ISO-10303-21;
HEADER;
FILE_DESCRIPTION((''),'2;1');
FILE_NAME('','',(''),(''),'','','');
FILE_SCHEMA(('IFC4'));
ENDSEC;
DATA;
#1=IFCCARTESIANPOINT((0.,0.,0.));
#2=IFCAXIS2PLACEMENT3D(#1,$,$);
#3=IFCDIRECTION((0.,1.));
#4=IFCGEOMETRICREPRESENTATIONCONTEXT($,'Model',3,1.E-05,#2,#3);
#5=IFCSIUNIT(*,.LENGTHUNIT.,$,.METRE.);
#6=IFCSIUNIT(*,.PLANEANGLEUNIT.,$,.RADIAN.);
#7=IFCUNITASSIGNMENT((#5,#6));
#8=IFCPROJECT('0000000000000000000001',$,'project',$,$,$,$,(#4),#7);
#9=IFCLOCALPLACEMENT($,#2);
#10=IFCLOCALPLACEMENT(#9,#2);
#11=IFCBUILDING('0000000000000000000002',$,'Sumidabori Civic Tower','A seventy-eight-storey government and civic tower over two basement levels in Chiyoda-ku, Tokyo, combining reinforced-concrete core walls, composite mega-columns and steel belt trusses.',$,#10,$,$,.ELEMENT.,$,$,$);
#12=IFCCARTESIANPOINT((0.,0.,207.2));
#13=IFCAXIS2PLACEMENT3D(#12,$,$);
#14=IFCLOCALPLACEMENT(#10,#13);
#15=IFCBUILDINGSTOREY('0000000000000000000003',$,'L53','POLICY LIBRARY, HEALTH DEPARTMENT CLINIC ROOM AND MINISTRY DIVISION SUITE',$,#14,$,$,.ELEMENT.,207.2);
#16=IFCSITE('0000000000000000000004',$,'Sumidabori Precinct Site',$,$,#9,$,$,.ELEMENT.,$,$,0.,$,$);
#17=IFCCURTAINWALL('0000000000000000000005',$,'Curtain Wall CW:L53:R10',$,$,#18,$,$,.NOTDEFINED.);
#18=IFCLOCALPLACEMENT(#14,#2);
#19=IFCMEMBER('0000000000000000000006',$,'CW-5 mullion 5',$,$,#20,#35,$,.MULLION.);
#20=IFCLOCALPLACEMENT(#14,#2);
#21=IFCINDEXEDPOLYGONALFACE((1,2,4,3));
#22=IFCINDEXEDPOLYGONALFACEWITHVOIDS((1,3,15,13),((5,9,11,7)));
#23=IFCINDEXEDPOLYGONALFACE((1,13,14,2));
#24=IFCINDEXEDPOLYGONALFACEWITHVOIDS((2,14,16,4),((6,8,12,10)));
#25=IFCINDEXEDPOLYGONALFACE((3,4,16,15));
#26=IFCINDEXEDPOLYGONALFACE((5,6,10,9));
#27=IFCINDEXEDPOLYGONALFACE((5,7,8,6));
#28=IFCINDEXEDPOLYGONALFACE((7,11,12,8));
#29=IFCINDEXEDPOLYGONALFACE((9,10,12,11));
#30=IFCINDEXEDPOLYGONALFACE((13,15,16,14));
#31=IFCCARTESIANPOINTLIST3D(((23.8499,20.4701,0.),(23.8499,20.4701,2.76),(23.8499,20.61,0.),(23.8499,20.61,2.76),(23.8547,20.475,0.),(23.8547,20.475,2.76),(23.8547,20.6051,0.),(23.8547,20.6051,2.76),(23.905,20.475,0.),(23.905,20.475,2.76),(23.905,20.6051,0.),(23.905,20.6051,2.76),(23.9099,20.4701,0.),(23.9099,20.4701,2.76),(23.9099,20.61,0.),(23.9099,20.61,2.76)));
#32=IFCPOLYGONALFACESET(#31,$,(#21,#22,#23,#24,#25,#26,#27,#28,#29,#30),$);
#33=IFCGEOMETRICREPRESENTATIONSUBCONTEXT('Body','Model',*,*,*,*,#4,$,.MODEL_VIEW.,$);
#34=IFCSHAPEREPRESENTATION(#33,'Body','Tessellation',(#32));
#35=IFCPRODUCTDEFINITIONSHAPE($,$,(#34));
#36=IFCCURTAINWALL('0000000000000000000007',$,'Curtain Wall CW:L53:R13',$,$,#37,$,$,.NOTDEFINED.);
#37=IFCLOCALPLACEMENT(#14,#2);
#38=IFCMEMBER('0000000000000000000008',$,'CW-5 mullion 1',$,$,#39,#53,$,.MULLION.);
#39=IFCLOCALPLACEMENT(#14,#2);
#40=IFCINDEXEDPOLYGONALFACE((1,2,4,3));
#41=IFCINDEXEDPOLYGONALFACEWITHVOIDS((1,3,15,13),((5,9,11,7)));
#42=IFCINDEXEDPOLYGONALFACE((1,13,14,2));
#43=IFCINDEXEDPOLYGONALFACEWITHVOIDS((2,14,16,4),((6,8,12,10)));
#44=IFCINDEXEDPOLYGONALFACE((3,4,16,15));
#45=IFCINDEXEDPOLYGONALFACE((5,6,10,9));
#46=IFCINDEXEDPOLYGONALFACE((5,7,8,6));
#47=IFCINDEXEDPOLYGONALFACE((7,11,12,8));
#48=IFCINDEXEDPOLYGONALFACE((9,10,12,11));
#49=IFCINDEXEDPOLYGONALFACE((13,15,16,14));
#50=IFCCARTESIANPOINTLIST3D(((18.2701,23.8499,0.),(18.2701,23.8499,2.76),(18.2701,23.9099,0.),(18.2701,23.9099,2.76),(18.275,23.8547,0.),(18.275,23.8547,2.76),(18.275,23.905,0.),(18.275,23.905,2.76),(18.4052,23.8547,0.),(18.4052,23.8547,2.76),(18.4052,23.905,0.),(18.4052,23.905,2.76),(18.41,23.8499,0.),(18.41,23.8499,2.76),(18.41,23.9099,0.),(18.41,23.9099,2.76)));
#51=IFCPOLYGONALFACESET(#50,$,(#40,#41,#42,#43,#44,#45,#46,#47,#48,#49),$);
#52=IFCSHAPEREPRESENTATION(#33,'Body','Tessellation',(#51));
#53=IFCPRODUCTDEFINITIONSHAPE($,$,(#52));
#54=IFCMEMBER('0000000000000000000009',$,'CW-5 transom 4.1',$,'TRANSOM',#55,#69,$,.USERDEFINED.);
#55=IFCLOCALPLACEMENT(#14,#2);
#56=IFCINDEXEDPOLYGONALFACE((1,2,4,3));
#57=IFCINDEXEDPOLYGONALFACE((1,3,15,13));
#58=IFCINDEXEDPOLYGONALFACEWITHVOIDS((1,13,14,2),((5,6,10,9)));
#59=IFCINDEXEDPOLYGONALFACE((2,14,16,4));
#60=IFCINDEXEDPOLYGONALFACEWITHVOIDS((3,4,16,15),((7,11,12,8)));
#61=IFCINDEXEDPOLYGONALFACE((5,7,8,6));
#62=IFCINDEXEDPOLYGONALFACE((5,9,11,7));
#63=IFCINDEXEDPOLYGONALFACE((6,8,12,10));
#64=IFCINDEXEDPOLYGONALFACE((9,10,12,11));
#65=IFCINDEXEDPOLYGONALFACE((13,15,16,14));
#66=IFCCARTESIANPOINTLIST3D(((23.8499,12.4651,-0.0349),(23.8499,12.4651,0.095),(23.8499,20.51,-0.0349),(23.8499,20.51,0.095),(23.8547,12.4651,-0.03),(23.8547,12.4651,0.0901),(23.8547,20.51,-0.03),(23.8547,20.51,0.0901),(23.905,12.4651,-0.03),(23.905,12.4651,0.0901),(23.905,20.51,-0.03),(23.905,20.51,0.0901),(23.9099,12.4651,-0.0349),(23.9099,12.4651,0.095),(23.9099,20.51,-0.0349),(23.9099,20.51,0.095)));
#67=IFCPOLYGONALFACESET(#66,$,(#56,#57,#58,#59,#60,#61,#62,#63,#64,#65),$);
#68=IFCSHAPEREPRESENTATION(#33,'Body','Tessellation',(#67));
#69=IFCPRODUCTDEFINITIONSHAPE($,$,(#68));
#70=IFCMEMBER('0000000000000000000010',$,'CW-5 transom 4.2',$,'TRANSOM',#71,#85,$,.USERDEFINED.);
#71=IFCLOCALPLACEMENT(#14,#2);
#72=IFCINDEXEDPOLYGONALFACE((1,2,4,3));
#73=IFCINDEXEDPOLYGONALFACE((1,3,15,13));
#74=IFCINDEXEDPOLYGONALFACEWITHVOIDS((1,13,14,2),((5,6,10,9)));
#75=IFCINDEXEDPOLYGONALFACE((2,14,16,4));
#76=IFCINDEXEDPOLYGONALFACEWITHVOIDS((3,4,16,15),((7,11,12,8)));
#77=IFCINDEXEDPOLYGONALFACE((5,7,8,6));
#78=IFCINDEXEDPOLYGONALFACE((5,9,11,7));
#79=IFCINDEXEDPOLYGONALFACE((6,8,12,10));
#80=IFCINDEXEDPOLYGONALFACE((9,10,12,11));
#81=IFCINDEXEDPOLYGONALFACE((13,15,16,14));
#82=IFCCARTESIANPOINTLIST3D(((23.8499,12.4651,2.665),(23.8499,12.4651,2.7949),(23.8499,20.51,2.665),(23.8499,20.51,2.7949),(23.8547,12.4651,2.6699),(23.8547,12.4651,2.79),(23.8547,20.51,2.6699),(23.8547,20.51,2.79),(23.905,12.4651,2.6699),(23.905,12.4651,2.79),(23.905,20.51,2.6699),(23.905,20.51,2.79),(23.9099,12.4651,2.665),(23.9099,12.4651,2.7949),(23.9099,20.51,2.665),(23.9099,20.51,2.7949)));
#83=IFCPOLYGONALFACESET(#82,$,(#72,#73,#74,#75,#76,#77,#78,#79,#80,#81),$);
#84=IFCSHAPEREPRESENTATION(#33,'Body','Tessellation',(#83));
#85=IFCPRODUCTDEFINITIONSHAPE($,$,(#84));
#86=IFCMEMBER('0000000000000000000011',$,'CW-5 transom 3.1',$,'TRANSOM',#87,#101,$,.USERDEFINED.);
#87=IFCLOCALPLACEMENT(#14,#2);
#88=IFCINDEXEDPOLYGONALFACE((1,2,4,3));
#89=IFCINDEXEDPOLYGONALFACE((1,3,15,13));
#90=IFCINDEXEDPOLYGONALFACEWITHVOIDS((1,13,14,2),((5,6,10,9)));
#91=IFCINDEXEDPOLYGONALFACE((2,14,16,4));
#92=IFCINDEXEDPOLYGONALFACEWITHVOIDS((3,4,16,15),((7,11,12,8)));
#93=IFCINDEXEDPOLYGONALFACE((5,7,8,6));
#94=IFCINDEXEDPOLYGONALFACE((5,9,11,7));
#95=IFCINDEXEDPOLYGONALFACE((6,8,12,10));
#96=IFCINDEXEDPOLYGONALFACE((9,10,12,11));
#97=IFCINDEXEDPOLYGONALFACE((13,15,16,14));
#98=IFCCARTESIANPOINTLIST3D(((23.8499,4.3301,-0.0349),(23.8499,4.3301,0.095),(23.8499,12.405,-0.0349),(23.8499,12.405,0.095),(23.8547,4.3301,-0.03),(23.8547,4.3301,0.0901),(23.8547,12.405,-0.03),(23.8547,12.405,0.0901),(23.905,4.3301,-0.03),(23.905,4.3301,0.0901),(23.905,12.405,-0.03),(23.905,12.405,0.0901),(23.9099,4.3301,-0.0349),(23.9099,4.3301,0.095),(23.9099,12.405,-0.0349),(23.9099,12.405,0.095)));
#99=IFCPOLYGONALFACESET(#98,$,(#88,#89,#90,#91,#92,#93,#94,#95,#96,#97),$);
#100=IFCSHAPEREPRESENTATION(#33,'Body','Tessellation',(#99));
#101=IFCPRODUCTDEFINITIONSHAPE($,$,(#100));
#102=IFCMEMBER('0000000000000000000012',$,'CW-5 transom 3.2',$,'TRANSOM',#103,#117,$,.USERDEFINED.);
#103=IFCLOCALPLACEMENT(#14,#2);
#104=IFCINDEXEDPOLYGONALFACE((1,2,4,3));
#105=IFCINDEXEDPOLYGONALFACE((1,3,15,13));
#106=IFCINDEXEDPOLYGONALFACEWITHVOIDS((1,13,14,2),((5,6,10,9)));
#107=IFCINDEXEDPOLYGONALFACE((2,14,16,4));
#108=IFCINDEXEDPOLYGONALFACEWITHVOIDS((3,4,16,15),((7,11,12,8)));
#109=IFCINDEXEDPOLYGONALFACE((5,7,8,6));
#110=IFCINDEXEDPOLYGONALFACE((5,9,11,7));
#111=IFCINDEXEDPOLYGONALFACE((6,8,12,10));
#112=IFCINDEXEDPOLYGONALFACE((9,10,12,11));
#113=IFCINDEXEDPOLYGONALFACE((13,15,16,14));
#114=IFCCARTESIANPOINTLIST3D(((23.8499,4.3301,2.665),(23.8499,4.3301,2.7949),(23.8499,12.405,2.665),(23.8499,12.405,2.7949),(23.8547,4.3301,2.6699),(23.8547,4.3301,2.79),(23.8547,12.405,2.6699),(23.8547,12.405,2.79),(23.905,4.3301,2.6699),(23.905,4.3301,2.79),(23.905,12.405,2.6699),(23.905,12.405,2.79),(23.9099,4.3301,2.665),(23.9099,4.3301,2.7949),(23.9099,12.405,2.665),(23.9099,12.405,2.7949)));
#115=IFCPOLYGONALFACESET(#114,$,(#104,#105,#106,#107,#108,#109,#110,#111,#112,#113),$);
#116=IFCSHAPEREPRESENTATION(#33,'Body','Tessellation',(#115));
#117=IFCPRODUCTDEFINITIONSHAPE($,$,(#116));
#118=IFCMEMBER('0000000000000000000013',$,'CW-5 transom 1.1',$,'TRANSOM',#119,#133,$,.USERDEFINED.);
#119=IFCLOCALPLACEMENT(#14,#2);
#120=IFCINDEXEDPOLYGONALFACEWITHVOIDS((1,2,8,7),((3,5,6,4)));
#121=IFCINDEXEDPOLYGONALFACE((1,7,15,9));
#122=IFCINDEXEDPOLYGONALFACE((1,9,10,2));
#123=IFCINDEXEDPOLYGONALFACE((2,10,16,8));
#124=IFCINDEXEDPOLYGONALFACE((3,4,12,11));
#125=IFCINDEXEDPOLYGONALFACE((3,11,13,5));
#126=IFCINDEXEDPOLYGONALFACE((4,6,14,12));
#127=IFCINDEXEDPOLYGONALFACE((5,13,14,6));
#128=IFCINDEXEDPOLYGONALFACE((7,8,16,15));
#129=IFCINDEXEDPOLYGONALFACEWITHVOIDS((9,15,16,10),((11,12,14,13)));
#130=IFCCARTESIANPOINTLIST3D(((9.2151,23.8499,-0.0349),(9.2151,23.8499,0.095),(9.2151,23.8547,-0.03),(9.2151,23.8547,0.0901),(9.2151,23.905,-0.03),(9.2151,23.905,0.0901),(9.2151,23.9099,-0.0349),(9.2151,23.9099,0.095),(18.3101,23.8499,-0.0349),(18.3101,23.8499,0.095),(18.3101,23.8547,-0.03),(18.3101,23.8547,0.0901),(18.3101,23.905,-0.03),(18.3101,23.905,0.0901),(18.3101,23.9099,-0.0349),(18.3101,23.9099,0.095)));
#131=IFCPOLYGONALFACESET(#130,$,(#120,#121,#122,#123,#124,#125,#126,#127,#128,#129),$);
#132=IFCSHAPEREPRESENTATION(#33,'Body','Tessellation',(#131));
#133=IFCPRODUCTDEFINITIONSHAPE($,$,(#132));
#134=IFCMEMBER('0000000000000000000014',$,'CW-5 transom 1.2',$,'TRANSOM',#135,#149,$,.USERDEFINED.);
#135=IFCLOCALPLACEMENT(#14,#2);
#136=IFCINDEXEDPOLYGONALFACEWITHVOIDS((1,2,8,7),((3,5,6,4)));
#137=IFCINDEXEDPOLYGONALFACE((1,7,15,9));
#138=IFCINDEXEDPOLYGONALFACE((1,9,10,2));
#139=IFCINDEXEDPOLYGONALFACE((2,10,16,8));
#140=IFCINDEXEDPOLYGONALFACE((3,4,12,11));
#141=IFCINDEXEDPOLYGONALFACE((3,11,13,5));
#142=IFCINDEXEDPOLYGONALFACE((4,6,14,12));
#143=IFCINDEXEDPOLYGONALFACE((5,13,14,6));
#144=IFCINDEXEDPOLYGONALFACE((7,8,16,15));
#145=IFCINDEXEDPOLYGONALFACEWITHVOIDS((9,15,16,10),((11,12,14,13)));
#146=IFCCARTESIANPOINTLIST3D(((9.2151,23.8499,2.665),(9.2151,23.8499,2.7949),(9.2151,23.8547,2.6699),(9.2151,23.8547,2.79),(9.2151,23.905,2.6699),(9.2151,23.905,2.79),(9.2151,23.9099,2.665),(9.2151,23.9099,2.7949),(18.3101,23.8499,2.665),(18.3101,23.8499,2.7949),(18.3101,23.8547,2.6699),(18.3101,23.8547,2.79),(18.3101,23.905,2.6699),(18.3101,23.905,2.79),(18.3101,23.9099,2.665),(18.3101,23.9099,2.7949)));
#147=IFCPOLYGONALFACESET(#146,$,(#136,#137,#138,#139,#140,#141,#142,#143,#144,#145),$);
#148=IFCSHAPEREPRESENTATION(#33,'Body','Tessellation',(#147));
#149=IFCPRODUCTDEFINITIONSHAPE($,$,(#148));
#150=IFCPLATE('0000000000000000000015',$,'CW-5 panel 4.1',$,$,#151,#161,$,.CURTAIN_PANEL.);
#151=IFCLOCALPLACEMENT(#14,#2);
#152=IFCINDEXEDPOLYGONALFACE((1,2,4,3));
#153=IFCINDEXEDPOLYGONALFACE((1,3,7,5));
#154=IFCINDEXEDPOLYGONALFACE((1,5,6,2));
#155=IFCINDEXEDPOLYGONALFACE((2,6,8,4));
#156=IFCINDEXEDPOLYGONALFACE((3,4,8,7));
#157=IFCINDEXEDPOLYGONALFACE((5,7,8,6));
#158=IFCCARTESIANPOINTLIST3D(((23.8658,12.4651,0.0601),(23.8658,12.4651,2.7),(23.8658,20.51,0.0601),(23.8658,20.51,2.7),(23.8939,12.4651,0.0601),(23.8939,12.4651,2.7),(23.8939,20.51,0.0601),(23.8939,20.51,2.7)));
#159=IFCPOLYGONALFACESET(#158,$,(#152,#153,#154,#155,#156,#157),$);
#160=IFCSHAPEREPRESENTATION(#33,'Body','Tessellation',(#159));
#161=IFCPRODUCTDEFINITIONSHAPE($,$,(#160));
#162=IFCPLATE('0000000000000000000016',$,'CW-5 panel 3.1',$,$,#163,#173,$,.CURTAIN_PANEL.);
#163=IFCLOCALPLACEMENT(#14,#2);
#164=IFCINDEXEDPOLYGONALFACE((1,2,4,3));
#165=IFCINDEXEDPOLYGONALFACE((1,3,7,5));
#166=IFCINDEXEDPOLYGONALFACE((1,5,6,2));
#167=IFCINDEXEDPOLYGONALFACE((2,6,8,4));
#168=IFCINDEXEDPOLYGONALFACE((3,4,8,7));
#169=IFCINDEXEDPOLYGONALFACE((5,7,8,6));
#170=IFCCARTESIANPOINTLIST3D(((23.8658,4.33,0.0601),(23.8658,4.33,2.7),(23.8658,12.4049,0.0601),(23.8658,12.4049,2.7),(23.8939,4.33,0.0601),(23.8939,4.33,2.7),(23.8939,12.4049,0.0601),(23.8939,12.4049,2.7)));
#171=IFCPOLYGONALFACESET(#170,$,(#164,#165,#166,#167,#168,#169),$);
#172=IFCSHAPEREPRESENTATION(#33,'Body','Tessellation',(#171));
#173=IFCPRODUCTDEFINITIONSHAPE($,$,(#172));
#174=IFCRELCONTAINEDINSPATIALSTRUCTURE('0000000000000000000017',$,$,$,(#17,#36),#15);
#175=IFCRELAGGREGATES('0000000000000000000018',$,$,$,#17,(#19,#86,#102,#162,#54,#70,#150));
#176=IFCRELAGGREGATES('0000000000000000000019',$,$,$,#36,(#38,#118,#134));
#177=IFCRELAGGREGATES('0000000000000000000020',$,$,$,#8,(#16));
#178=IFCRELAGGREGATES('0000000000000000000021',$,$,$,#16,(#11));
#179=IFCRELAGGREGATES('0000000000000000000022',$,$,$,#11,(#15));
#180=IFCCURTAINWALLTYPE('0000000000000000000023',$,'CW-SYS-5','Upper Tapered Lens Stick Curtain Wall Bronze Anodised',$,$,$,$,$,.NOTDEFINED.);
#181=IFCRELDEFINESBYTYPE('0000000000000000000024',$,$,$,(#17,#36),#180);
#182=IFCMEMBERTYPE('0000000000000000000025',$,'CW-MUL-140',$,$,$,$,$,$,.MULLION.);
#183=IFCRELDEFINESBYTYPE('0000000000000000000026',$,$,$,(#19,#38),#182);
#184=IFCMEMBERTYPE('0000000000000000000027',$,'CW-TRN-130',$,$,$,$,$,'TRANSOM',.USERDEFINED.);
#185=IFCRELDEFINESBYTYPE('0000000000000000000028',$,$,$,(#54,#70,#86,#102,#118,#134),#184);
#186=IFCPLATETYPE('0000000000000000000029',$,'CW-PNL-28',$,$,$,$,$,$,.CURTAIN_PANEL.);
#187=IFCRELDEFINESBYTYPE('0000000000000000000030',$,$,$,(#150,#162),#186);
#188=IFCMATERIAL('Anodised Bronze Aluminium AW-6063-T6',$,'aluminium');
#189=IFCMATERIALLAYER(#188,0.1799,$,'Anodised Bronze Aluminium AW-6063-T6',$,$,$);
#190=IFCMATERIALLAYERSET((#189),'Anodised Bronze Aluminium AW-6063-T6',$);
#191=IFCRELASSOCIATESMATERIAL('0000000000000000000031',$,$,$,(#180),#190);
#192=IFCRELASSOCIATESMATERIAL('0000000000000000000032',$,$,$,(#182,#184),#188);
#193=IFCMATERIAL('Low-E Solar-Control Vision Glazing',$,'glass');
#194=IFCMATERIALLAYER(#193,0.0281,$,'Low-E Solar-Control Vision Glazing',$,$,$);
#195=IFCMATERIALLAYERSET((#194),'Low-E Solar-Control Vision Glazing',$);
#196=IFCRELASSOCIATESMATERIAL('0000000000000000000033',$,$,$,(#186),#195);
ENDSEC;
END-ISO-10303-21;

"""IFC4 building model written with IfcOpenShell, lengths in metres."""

from ifc_helpers import new_model, si_unit, direction, frame, origin, origin_2d, place, context, subcontext, project, spatial, rectangle, hollow_rectangle, extrude, source, transform, mapped, material, layer, layer_set, material_profile, profile_set, type_object, element, aggregate, save


model = new_model("IFC4")

# Units and contexts
model_context = context("Model", 3, precision=1e-05, world=origin(), true_north=direction((0.0, 1.0)))
body_context = subcontext(model_context, "Body", "Model", "MODEL_VIEW")
ifc_project = project(units=[si_unit("LENGTHUNIT", "METRE"), si_unit("PLANEANGLEUNIT", "RADIAN")], contexts=[model_context])

# Site, building, storey
site_placement = place(None, origin())
site = spatial("IfcSite", under=ifc_project, at=site_placement, Name="Sumidabori Precinct Site", CompositionType="ELEMENT", RefElevation=0.0)
building_placement = place(site_placement, origin())
building = spatial("IfcBuilding", under=site, at=building_placement, Name="Sumidabori Civic Tower", Description="A seventy-eight-storey government and civic tower over two basement levels in Chiyoda-ku, Tokyo, combining reinforced-concrete core walls, composite mega-columns and steel belt trusses.", CompositionType="ELEMENT")
storey_placement = place(building_placement, frame((0.0, 0.0, 207.2)))
storey = spatial("IfcBuildingStorey", under=building, at=storey_placement, Name="L53", Description="POLICY LIBRARY, HEALTH DEPARTMENT CLINIC ROOM AND MINISTRY DIVISION SUITE", CompositionType="ELEMENT", Elevation=207.2)

# Curtain wall, member
ifc_material_1 = material(Name="Anodised Bronze Aluminium AW-6063-T6", Category="aluminium")
ifc_layer_1 = layer(ifc_material_1, 0.1799, Name="Anodised Bronze Aluminium AW-6063-T6")
ifc_layer_set_1 = layer_set([ifc_layer_1], Name="Anodised Bronze Aluminium AW-6063-T6")
curtain_wall_type = type_object("IfcCurtainWallType", Name="CW-SYS-5", Description="Upper Tapered Lens Stick Curtain Wall Bronze Anodised", PredefinedType="NOTDEFINED", material=ifc_layer_set_1)
curtain_wall_1_placement = place(storey_placement, origin())
curtain_wall_1 = element("IfcCurtainWall", 1, at=curtain_wall_1_placement, inside=storey, type_object=curtain_wall_type, Name="Curtain Wall CW:L53:R10", PredefinedType="NOTDEFINED")
ifc_material_profile_1 = material_profile(ifc_material_1, hollow_rectangle(XDim=0.0601, YDim=0.1399, WallThickness=0.0049, at=origin_2d()), Name="ALU MULLION 140x60")
ifc_profile_set_1 = profile_set([ifc_material_profile_1], Name="Anodised Bronze Aluminium AW-6063-T6")
member_type_1 = type_object("IfcMemberType", Name="CW-MUL-140", PredefinedType="MULLION", material=ifc_profile_set_1)
shared_shape_1 = source(origin(), body_context, "Body", "SweptSolid", [
    extrude(hollow_rectangle(XDim=0.0601, YDim=0.1399, WallThickness=0.0049, at=origin_2d()), origin(), (0.0, 0.0, 1.0), 2.76),
])
member_1_placement = place(storey_placement, frame((23.8799, 20.54, 0.0), z_axis=(0.0, 0.0, 1.0), x_axis=(-1.0, 0.0, 0.0)))
member_1 = element("IfcMember", 2, at=member_1_placement, type_object=member_type_1, Name="CW-5 mullion 5", PredefinedType="MULLION", context=body_context, shape_type="MappedRepresentation", body=[
    mapped(shared_shape_1, transform((0.0, 0.0, 0.0), x_axis=(1.0, 0.0, 0.0), y_axis=(0.0, 1.0, 0.0), z_axis=(0.0, 0.0, 1.0), scale=1.0)),
])

# Curtain wall, member
curtain_wall_2_placement = place(storey_placement, origin())
curtain_wall_2 = element("IfcCurtainWall", 3, at=curtain_wall_2_placement, inside=storey, type_object=curtain_wall_type, Name="Curtain Wall CW:L53:R13", PredefinedType="NOTDEFINED")
member_2_placement = place(storey_placement, frame((18.3401, 23.8799, 0.0), z_axis=(0.0, 0.0, 1.0), x_axis=(0.0, -1.0, 0.0)))
member_2 = element("IfcMember", 4, at=member_2_placement, type_object=member_type_1, Name="CW-5 mullion 1", PredefinedType="MULLION", context=body_context, shape_type="MappedRepresentation", body=[
    mapped(shared_shape_1, transform((0.0, 0.0, 0.0), x_axis=(1.0, 0.0, 0.0), y_axis=(0.0, 1.0, 0.0), z_axis=(0.0, 0.0, 1.0), scale=1.0)),
])

# Members
ifc_material_profile_2 = material_profile(ifc_material_1, hollow_rectangle(XDim=0.0601, YDim=0.1299, WallThickness=0.0049, at=origin_2d()), Name="ALU TRANSOM 130x60")
ifc_profile_set_2 = profile_set([ifc_material_profile_2], Name="Anodised Bronze Aluminium AW-6063-T6")
member_type_2 = type_object("IfcMemberType", Name="CW-TRN-130", ElementType="TRANSOM", PredefinedType="USERDEFINED", material=ifc_profile_set_2)
shared_shape_2 = source(origin(), body_context, "Body", "SweptSolid", [
    extrude(hollow_rectangle(XDim=0.0601, YDim=0.1299, WallThickness=0.0049, at=origin_2d()), origin(), (0.0, 0.0, 1.0), 8.0449),
])
member_3_placement = place(storey_placement, frame((23.8799, 12.4651, 0.03), z_axis=(0.0, 1.0, 0.0), x_axis=(-1.0, 0.0, 0.0)))
member_3 = element("IfcMember", 5, at=member_3_placement, type_object=member_type_2, Name="CW-5 transom 4.1", ObjectType="TRANSOM", PredefinedType="USERDEFINED", context=body_context, shape_type="MappedRepresentation", body=[
    mapped(shared_shape_2, transform((0.0, 0.0, 0.0), x_axis=(1.0, 0.0, 0.0), y_axis=(0.0, 1.0, 0.0), z_axis=(0.0, 0.0, 1.0), scale=1.0)),
])
member_4_placement = place(storey_placement, frame((23.8799, 12.4651, 2.73), z_axis=(0.0, 1.0, 0.0), x_axis=(-1.0, 0.0, 0.0)))
member_4 = element("IfcMember", 6, at=member_4_placement, type_object=member_type_2, Name="CW-5 transom 4.2", ObjectType="TRANSOM", PredefinedType="USERDEFINED", context=body_context, shape_type="MappedRepresentation", body=[
    mapped(shared_shape_2, transform((0.0, 0.0, 0.0), x_axis=(1.0, 0.0, 0.0), y_axis=(0.0, 1.0, 0.0), z_axis=(0.0, 0.0, 1.0), scale=1.0)),
])
shared_shape_3 = source(origin(), body_context, "Body", "SweptSolid", [
    extrude(hollow_rectangle(XDim=0.0601, YDim=0.1299, WallThickness=0.0049, at=origin_2d()), origin(), (0.0, 0.0, 1.0), 8.075),
])
member_5_placement = place(storey_placement, frame((23.8799, 4.3301, 0.03), z_axis=(0.0, 1.0, 0.0), x_axis=(-1.0, 0.0, 0.0)))
member_5 = element("IfcMember", 7, at=member_5_placement, type_object=member_type_2, Name="CW-5 transom 3.1", ObjectType="TRANSOM", PredefinedType="USERDEFINED", context=body_context, shape_type="MappedRepresentation", body=[
    mapped(shared_shape_3, transform((0.0, 0.0, 0.0), x_axis=(1.0, 0.0, 0.0), y_axis=(0.0, 1.0, 0.0), z_axis=(0.0, 0.0, 1.0), scale=1.0)),
])
member_6_placement = place(storey_placement, frame((23.8799, 4.3301, 2.73), z_axis=(0.0, 1.0, 0.0), x_axis=(-1.0, 0.0, 0.0)))
member_6 = element("IfcMember", 8, at=member_6_placement, type_object=member_type_2, Name="CW-5 transom 3.2", ObjectType="TRANSOM", PredefinedType="USERDEFINED", context=body_context, shape_type="MappedRepresentation", body=[
    mapped(shared_shape_3, transform((0.0, 0.0, 0.0), x_axis=(1.0, 0.0, 0.0), y_axis=(0.0, 1.0, 0.0), z_axis=(0.0, 0.0, 1.0), scale=1.0)),
])
shared_shape_4 = source(origin(), body_context, "Body", "SweptSolid", [
    extrude(hollow_rectangle(XDim=0.0601, YDim=0.1299, WallThickness=0.0049, at=origin_2d()), origin(), (0.0, 0.0, 1.0), 9.095),
])
member_7_placement = place(storey_placement, frame((18.3101, 23.8799, 0.03), z_axis=(-1.0, 0.0, 0.0), x_axis=(0.0, -1.0, 0.0)))
member_7 = element("IfcMember", 9, at=member_7_placement, type_object=member_type_2, Name="CW-5 transom 1.1", ObjectType="TRANSOM", PredefinedType="USERDEFINED", context=body_context, shape_type="MappedRepresentation", body=[
    mapped(shared_shape_4, transform((0.0, 0.0, 0.0), x_axis=(1.0, 0.0, 0.0), y_axis=(0.0, 1.0, 0.0), z_axis=(0.0, 0.0, 1.0), scale=1.0)),
])
member_8_placement = place(storey_placement, frame((18.3101, 23.8799, 2.73), z_axis=(-1.0, 0.0, 0.0), x_axis=(0.0, -1.0, 0.0)))
member_8 = element("IfcMember", 10, at=member_8_placement, type_object=member_type_2, Name="CW-5 transom 1.2", ObjectType="TRANSOM", PredefinedType="USERDEFINED", context=body_context, shape_type="MappedRepresentation", body=[
    mapped(shared_shape_4, transform((0.0, 0.0, 0.0), x_axis=(1.0, 0.0, 0.0), y_axis=(0.0, 1.0, 0.0), z_axis=(0.0, 0.0, 1.0), scale=1.0)),
])

# Plates
ifc_material_2 = material(Name="Low-E Solar-Control Vision Glazing", Category="glass")
ifc_layer_2 = layer(ifc_material_2, 0.0281, Name="Low-E Solar-Control Vision Glazing")
ifc_layer_set_2 = layer_set([ifc_layer_2], Name="Low-E Solar-Control Vision Glazing")
plate_type = type_object("IfcPlateType", Name="CW-PNL-28", PredefinedType="CURTAIN_PANEL", material=ifc_layer_set_2)
shared_shape_5 = source(origin(), body_context, "Body", "SweptSolid", [
    extrude(rectangle(XDim=8.0449, YDim=0.0281, at=origin_2d()), origin(), (0.0, 0.0, 1.0), 2.6399),
])
plate_1_placement = place(storey_placement, frame((23.8799, 16.4875, 0.0601), z_axis=(0.0, 0.0, 1.0), x_axis=(0.0, 1.0, 0.0)))
plate_1 = element("IfcPlate", 11, at=plate_1_placement, type_object=plate_type, Name="CW-5 panel 4.1", PredefinedType="CURTAIN_PANEL", context=body_context, shape_type="MappedRepresentation", body=[
    mapped(shared_shape_5, transform((0.0, 0.0, 0.0), x_axis=(1.0, 0.0, 0.0), y_axis=(0.0, 1.0, 0.0), z_axis=(0.0, 0.0, 1.0), scale=1.0)),
])
shared_shape_6 = source(origin(), body_context, "Body", "SweptSolid", [
    extrude(rectangle(XDim=8.075, YDim=0.0281, at=origin_2d()), origin(), (0.0, 0.0, 1.0), 2.6399),
])
plate_2_placement = place(storey_placement, frame((23.8799, 8.3674, 0.0601), z_axis=(0.0, 0.0, 1.0), x_axis=(0.0, 1.0, 0.0)))
plate_2 = element("IfcPlate", 12, at=plate_2_placement, type_object=plate_type, Name="CW-5 panel 3.1", PredefinedType="CURTAIN_PANEL", context=body_context, shape_type="MappedRepresentation", body=[
    mapped(shared_shape_6, transform((0.0, 0.0, 0.0), x_axis=(1.0, 0.0, 0.0), y_axis=(0.0, 1.0, 0.0), z_axis=(0.0, 0.0, 1.0), scale=1.0)),
])
aggregate(curtain_wall_1, [member_1, member_5, member_6, plate_2, member_3, member_4, plate_1])
aggregate(curtain_wall_2, [member_2, member_7, member_8])

save(model, "model.ifc")
